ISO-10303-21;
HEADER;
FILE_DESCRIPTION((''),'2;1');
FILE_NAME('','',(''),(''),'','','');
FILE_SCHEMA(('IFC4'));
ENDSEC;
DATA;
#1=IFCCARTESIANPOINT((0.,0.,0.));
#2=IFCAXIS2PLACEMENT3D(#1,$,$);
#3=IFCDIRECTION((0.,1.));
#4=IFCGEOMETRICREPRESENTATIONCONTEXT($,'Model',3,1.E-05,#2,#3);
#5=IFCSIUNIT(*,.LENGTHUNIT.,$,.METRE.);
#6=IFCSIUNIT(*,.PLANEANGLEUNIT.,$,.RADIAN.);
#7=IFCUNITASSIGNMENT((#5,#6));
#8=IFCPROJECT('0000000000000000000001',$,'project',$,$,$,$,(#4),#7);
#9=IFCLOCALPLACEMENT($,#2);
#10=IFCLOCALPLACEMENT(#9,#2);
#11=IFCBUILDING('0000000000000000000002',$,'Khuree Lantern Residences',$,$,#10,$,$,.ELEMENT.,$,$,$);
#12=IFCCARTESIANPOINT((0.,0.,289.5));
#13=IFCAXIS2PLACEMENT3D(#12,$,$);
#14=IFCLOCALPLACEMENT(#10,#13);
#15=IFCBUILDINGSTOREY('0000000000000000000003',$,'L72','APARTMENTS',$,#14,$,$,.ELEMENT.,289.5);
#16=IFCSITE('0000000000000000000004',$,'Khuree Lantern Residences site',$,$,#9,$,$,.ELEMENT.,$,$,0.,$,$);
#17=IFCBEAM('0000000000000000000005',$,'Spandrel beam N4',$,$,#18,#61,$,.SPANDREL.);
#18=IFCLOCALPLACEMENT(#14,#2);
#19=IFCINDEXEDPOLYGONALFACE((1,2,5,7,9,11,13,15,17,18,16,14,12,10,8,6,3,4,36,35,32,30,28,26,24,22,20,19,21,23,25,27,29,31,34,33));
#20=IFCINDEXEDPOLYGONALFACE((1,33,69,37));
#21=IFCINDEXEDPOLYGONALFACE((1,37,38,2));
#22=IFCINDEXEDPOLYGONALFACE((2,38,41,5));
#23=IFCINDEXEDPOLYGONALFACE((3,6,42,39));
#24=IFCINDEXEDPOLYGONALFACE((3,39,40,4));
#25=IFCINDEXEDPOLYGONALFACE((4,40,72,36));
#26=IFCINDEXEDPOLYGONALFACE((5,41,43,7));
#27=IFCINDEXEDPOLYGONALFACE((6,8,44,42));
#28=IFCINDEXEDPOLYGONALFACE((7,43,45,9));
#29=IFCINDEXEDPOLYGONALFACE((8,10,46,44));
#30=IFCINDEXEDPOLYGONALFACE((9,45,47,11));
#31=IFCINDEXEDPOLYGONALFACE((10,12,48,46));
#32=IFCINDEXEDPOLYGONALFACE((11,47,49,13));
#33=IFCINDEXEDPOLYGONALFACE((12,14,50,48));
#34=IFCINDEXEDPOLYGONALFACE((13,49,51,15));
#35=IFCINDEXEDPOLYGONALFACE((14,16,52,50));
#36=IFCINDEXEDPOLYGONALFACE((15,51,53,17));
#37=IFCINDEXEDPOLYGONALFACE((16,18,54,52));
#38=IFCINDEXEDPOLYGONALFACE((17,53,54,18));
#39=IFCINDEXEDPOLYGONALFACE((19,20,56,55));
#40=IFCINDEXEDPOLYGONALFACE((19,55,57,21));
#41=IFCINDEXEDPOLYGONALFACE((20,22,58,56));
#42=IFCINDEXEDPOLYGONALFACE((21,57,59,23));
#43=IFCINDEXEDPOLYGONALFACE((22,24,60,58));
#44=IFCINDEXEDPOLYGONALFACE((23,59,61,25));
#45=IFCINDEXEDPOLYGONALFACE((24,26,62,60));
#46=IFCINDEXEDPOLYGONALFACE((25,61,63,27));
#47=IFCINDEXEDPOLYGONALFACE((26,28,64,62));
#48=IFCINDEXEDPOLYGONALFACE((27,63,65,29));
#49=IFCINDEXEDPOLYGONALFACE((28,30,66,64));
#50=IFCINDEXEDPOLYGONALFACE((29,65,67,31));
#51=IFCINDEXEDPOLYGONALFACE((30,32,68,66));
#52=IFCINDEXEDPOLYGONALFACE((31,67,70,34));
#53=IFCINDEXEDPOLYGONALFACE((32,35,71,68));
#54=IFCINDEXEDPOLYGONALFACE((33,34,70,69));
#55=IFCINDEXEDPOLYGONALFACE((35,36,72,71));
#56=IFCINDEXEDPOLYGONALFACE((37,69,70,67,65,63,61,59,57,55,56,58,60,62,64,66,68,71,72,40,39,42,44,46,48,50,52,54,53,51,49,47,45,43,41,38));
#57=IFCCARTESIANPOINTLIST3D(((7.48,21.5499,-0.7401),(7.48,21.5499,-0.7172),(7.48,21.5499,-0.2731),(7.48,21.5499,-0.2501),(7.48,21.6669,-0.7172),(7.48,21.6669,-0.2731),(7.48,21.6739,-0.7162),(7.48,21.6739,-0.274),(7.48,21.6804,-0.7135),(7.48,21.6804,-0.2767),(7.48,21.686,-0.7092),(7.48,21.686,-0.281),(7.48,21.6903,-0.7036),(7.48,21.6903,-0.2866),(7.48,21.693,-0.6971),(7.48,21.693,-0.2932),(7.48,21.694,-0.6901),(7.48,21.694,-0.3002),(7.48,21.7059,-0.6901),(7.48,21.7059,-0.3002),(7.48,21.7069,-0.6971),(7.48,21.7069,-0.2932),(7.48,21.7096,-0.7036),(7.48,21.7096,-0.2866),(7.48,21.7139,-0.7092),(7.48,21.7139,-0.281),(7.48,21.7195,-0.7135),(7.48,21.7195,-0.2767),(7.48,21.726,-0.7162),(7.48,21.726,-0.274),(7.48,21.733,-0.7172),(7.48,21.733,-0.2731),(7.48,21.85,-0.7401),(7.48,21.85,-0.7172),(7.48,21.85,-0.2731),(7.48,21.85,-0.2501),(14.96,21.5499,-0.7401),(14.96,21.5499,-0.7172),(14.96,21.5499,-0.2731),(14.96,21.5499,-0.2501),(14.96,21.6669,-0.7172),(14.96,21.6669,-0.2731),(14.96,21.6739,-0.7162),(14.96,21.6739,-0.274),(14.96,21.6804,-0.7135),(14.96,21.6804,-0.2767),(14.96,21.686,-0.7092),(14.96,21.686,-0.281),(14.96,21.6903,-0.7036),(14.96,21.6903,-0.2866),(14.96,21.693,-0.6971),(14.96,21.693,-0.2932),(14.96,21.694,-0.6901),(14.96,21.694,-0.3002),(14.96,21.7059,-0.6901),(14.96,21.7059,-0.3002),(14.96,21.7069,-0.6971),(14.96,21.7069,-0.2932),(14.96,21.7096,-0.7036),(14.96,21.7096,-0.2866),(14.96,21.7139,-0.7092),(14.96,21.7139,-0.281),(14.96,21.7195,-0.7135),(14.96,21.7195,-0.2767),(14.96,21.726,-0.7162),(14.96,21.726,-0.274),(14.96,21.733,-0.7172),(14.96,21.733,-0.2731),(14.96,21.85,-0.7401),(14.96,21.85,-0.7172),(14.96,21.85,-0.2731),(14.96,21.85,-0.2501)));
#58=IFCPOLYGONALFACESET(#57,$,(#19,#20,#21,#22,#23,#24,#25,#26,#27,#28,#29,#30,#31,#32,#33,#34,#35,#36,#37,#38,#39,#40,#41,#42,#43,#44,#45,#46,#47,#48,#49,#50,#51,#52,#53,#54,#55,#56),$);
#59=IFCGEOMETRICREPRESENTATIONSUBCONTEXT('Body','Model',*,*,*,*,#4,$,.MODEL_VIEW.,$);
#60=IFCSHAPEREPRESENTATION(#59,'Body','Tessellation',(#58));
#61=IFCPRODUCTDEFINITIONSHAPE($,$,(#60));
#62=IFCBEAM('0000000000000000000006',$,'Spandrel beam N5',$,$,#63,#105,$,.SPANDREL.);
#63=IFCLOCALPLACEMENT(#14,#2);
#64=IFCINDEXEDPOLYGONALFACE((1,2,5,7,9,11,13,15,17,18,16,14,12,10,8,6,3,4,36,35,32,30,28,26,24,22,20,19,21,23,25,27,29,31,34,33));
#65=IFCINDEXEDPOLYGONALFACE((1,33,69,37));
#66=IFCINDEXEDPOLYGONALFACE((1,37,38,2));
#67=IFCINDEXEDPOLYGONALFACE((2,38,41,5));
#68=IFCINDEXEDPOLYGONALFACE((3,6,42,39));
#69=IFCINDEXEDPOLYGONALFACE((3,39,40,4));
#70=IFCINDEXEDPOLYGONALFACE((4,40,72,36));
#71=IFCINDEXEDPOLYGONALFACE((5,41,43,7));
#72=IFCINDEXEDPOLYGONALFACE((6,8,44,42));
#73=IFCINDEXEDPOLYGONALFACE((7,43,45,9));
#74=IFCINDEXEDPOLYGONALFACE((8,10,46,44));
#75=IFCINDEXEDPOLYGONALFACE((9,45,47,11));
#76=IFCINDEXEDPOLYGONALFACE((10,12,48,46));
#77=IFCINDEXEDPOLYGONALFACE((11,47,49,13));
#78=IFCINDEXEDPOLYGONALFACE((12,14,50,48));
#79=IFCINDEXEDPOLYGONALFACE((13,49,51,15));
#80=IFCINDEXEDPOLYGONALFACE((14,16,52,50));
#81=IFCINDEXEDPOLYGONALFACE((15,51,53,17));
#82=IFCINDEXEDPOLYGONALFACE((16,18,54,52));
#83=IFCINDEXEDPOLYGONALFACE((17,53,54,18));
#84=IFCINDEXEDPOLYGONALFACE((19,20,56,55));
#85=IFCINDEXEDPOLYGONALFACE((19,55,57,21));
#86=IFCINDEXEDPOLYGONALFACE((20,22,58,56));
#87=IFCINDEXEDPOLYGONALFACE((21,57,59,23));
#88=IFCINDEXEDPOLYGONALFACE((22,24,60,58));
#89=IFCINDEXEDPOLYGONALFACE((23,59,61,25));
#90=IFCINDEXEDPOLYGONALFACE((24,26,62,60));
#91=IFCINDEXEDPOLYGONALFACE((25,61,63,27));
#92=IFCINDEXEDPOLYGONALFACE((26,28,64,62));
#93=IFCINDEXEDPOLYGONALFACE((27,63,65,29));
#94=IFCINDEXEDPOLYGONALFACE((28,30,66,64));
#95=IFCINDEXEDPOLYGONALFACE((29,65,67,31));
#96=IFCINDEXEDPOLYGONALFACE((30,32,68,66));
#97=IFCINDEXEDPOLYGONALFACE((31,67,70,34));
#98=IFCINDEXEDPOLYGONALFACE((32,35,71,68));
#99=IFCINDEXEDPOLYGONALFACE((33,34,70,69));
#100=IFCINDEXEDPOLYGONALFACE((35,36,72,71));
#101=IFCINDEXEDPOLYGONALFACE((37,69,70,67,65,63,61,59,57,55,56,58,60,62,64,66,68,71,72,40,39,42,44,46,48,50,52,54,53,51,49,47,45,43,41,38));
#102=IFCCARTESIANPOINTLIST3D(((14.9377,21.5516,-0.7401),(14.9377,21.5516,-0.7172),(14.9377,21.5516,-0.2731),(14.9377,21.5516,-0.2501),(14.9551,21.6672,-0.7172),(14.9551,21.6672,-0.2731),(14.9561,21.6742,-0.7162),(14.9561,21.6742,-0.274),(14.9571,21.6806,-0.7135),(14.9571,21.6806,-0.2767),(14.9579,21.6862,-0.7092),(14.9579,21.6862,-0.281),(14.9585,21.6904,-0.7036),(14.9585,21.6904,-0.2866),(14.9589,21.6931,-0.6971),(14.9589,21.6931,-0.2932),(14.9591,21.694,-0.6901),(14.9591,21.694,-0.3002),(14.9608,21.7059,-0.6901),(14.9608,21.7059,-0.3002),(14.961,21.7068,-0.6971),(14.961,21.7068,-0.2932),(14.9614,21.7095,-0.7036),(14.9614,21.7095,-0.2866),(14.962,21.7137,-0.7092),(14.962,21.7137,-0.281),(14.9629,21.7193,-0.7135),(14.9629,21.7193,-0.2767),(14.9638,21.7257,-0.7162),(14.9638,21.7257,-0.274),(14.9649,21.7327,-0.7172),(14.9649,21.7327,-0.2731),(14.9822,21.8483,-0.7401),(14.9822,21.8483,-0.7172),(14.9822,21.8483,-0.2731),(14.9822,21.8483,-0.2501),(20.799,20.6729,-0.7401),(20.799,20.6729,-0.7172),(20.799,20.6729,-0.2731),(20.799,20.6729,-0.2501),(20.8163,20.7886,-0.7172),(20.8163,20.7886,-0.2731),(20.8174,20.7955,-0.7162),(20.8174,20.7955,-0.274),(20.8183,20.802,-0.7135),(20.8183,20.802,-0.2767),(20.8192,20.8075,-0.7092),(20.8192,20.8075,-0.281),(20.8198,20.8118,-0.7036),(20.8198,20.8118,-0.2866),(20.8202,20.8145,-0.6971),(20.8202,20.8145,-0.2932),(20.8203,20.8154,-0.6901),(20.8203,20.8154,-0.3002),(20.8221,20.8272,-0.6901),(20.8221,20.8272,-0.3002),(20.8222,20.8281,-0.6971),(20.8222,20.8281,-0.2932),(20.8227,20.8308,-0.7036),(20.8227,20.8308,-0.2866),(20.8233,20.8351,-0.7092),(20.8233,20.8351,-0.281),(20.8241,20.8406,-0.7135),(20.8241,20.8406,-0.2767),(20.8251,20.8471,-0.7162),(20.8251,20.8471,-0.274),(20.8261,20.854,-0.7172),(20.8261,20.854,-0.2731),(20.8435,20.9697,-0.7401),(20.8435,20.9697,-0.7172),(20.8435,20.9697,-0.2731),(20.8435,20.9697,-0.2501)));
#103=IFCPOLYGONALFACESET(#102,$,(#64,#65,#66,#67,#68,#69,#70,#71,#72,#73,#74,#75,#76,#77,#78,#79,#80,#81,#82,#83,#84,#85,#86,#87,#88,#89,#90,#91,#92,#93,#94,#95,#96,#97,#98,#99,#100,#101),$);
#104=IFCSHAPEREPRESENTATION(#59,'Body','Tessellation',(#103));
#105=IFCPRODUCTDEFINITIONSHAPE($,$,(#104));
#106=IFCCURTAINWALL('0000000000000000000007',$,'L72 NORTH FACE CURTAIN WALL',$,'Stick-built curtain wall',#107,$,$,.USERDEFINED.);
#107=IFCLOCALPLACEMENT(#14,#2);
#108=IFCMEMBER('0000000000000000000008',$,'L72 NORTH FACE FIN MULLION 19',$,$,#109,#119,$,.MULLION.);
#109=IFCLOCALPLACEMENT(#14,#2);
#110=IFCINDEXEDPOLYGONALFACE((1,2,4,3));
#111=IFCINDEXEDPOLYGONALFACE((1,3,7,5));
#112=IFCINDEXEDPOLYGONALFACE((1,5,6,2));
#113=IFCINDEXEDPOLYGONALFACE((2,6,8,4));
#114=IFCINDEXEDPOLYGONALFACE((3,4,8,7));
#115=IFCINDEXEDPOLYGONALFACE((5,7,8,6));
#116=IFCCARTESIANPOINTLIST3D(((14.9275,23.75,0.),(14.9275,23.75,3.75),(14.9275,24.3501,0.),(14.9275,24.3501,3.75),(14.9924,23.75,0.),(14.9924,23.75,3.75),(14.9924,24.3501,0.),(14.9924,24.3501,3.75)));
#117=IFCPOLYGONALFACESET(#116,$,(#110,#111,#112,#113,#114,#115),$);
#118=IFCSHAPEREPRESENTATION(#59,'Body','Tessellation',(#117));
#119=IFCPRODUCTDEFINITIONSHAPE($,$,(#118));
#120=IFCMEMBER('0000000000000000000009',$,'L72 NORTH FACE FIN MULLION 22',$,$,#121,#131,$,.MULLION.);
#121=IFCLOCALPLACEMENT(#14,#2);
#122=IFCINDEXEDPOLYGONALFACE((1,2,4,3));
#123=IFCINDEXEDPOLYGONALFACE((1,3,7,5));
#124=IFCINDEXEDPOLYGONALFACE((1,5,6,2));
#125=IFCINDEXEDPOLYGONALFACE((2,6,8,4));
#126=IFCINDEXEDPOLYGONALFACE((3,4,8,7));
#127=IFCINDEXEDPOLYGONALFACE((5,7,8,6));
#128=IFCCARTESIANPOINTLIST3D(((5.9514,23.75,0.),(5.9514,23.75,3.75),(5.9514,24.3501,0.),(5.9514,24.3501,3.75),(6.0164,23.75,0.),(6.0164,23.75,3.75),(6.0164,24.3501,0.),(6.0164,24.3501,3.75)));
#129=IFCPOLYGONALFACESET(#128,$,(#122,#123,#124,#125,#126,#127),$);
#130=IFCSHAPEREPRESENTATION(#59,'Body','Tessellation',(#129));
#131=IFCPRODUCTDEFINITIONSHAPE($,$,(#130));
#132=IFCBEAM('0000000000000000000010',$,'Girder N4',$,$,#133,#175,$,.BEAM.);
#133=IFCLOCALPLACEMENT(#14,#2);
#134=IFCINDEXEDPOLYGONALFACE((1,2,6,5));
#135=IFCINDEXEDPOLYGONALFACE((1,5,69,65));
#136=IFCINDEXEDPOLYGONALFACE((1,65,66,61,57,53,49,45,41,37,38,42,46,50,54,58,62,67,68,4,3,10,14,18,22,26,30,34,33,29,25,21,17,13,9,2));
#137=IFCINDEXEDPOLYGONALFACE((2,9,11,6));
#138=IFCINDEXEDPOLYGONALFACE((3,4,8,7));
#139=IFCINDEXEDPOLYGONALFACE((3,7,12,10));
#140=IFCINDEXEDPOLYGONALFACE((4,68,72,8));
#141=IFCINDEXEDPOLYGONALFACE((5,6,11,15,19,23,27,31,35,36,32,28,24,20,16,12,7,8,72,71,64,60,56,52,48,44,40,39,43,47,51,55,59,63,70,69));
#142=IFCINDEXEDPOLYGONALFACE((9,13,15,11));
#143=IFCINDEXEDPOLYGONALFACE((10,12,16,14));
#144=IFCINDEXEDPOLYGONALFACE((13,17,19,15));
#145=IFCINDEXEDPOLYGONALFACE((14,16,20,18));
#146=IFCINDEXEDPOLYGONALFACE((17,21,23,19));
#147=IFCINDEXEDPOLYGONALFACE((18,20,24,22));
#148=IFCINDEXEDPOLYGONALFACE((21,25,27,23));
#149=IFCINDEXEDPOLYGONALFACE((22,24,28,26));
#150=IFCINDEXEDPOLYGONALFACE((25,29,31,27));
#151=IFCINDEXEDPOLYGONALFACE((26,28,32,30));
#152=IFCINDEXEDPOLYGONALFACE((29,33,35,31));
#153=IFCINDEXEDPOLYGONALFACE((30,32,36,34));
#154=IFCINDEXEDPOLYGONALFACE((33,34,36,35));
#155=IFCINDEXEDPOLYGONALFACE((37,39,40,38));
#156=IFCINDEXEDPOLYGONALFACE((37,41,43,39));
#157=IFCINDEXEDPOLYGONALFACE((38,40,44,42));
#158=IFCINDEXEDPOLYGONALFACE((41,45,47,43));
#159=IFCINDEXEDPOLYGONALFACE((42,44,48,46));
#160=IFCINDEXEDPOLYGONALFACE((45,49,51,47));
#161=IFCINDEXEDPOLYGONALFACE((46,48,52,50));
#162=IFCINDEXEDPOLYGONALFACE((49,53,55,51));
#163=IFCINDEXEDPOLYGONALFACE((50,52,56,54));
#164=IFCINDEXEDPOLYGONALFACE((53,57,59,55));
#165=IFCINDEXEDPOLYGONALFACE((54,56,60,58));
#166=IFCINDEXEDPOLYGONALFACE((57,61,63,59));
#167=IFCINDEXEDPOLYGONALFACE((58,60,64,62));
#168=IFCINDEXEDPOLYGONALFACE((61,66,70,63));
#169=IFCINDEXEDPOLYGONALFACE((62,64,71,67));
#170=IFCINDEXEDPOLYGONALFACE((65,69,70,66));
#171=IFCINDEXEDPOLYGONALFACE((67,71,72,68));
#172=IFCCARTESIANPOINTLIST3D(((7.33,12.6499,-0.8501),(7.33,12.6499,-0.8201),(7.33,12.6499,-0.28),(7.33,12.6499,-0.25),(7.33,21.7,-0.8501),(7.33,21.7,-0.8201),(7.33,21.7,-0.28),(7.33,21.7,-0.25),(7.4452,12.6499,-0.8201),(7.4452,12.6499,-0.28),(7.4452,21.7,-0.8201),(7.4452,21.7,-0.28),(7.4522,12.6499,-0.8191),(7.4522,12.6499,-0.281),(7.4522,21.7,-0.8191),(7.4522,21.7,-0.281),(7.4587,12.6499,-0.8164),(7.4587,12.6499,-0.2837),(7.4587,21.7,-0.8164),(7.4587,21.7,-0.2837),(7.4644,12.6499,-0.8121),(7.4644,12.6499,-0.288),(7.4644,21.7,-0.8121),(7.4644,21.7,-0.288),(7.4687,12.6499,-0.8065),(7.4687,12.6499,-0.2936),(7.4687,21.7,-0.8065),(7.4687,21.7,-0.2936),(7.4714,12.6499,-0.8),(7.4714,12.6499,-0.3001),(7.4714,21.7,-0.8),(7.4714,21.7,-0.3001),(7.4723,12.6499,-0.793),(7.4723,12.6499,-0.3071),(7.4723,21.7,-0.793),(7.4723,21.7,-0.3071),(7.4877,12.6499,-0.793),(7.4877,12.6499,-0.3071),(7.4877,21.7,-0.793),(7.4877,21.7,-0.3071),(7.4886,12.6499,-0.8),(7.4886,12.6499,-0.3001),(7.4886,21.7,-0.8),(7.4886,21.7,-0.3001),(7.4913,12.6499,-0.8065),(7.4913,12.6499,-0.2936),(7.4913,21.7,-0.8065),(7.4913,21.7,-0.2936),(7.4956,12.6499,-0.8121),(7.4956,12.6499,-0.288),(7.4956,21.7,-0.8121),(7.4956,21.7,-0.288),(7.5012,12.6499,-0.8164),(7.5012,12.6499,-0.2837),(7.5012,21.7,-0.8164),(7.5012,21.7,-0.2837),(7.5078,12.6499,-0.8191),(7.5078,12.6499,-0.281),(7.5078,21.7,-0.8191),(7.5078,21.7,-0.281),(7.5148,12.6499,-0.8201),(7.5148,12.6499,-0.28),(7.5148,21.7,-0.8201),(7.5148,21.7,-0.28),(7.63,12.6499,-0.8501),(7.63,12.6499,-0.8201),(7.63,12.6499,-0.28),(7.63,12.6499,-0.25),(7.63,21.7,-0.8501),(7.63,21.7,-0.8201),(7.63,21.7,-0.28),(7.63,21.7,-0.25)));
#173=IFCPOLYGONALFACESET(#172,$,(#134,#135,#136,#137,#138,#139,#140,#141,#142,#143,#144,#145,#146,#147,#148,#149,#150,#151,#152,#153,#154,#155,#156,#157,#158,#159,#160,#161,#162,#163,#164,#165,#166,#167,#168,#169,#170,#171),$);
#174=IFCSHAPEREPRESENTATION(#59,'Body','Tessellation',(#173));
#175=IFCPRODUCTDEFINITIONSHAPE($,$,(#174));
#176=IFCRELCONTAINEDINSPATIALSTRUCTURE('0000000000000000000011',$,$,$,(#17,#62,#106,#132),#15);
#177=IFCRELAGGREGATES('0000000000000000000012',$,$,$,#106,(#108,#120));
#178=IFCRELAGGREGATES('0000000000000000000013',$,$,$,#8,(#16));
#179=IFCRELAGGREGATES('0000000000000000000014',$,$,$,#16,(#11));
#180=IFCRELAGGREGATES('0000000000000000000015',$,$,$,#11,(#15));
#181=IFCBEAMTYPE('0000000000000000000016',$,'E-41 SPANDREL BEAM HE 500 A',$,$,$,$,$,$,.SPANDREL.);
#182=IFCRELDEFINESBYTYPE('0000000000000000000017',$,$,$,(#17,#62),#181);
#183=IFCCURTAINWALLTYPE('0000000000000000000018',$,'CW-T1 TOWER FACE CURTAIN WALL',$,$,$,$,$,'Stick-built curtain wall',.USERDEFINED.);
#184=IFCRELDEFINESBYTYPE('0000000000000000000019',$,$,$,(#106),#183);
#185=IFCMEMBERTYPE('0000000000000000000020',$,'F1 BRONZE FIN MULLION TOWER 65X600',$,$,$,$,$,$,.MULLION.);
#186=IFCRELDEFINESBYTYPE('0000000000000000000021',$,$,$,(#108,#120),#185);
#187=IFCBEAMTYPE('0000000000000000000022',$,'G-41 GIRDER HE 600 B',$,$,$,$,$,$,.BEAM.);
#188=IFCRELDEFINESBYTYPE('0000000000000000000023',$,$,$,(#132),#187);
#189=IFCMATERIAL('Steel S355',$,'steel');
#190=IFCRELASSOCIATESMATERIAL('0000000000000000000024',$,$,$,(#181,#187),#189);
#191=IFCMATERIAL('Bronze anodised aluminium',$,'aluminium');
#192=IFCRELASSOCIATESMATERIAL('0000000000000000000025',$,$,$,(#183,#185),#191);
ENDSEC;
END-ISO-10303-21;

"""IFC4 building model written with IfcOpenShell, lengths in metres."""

from ifc_helpers import new_model, si_unit, direction, frame, origin, origin_2d, place, context, subcontext, project, spatial, rectangle, i_section, extrude, material, material_profile, profile_set, type_object, element, aggregate, save


model = new_model("IFC4")

# Units and contexts
model_context = context("Model", 3, precision=1e-05, world=origin(), true_north=direction((0.0, 1.0)))
body_context = subcontext(model_context, "Body", "Model", "MODEL_VIEW")
ifc_project = project(units=[si_unit("LENGTHUNIT", "METRE"), si_unit("PLANEANGLEUNIT", "RADIAN")], contexts=[model_context])

# Site, building, storey
site_placement = place(None, origin())
site = spatial("IfcSite", under=ifc_project, at=site_placement, Name="Khuree Lantern Residences site", CompositionType="ELEMENT", RefElevation=0.0)
building_placement = place(site_placement, origin())
building = spatial("IfcBuilding", under=site, at=building_placement, Name="Khuree Lantern Residences", CompositionType="ELEMENT")
storey_placement = place(building_placement, frame((0.0, 0.0, 289.5)))
storey = spatial("IfcBuildingStorey", under=building, at=storey_placement, Name="L72", Description="APARTMENTS", CompositionType="ELEMENT", Elevation=289.5)

# Beams
ifc_material_1 = material(Name="Steel S355", Category="steel")
ifc_material_profile_1 = material_profile(ifc_material_1, i_section(OverallWidth=0.3, OverallDepth=0.49, WebThickness=0.012, FlangeThickness=0.0229, FilletRadius=0.0271, at=origin_2d()), Name="HE 500 A")
ifc_profile_set_1 = profile_set([ifc_material_profile_1], Name="Steel S355")
beam_type_1 = type_object("IfcBeamType", Name="E-41 SPANDREL BEAM HE 500 A", PredefinedType="SPANDREL", material=ifc_profile_set_1)
for number, where, z_axis, x_axis, name in (
    (1, (7.48, 21.7, -0.4951), (1.0, 0.0, 0.0), (0.0, 1.0, 0.0), "Spandrel beam N4"),
):
    element("IfcBeam", number, at=place(storey_placement, frame(where, z_axis=z_axis, x_axis=x_axis)), inside=storey, type_object=beam_type_1, Name=name, PredefinedType="SPANDREL", context=body_context, shape_type="SweptSolid", body=[
        extrude(i_section(OverallWidth=0.3, OverallDepth=0.49, WebThickness=0.012, FlangeThickness=0.0229, FilletRadius=0.0271, at=origin_2d()), origin(), (0.0, 0.0, 1.0), 7.48),
    ])
beam_placement = place(storey_placement, frame((14.96, 21.7, -0.4951), z_axis=(0.98895, -0.148252, 0.0), x_axis=(0.148252, 0.98895, 0.0)))
element("IfcBeam", 2, at=beam_placement, inside=storey, type_object=beam_type_1, Name="Spandrel beam N5", PredefinedType="SPANDREL", context=body_context, shape_type="SweptSolid", body=[
    extrude(i_section(OverallWidth=0.3, OverallDepth=0.49, WebThickness=0.012, FlangeThickness=0.0229, FilletRadius=0.0271, at=origin_2d()), origin(), (0.0, 0.0, 1.0), 5.9268),
])

# Curtain wall, members
ifc_material_2 = material(Name="Bronze anodised aluminium", Category="aluminium")
curtain_wall_type = type_object("IfcCurtainWallType", Name="CW-T1 TOWER FACE CURTAIN WALL", ElementType="Stick-built curtain wall", PredefinedType="USERDEFINED", material=ifc_material_2)
curtain_wall_placement = place(storey_placement, origin())
curtain_wall = element("IfcCurtainWall", 3, at=curtain_wall_placement, inside=storey, type_object=curtain_wall_type, Name="L72 NORTH FACE CURTAIN WALL", ObjectType="Stick-built curtain wall", PredefinedType="USERDEFINED")
ifc_material_profile_2 = material_profile(ifc_material_2, rectangle(XDim=0.0649, YDim=0.6001, at=origin_2d()), Name="F1 65X600")
ifc_profile_set_2 = profile_set([ifc_material_profile_2], Name="Bronze anodised aluminium")
member_type_1 = type_object("IfcMemberType", Name="F1 BRONZE FIN MULLION TOWER 65X600", PredefinedType="MULLION", material=ifc_profile_set_2)
member_1_placement = place(storey_placement, frame((14.96, 24.05, 0.0), z_axis=(0.0, 0.0, 1.0), x_axis=(-1.0, 0.0, 0.0)))
member_1 = element("IfcMember", 4, at=member_1_placement, type_object=member_type_1, Name="L72 NORTH FACE FIN MULLION 19", PredefinedType="MULLION", context=body_context, shape_type="SweptSolid", body=[
    extrude(rectangle(XDim=0.0649, YDim=0.6001, at=origin_2d()), origin(), (0.0, 0.0, 1.0), 3.75),
])
member_2_placement = place(storey_placement, frame((5.9839, 24.05, 0.0), z_axis=(0.0, 0.0, 1.0), x_axis=(-1.0, 0.0, 0.0)))
member_2 = element("IfcMember", 5, at=member_2_placement, type_object=member_type_1, Name="L72 NORTH FACE FIN MULLION 22", PredefinedType="MULLION", context=body_context, shape_type="SweptSolid", body=[
    extrude(rectangle(XDim=0.0649, YDim=0.6001, at=origin_2d()), origin(), (0.0, 0.0, 1.0), 3.75),
])

# Beam
ifc_material_profile_3 = material_profile(ifc_material_1, i_section(OverallWidth=0.3, OverallDepth=0.6001, WebThickness=0.0154, FlangeThickness=0.03, FilletRadius=0.0271, at=origin_2d()), Name="HE 600 B")
ifc_profile_set_3 = profile_set([ifc_material_profile_3], Name="Steel S355")
beam_type_2 = type_object("IfcBeamType", Name="G-41 GIRDER HE 600 B", PredefinedType="BEAM", material=ifc_profile_set_3)
for number, where, z_axis, x_axis, name in (
    (6, (7.48, 21.7, -0.55), (0.0, -1.0, 0.0), (1.0, 0.0, 0.0), "Girder N4"),
):
    element("IfcBeam", number, at=place(storey_placement, frame(where, z_axis=z_axis, x_axis=x_axis)), inside=storey, type_object=beam_type_2, Name=name, PredefinedType="BEAM", context=body_context, shape_type="SweptSolid", body=[
        extrude(i_section(OverallWidth=0.3, OverallDepth=0.6001, WebThickness=0.0154, FlangeThickness=0.03, FilletRadius=0.0271, at=origin_2d()), origin(), (0.0, 0.0, 1.0), 9.05),
    ])

aggregate(curtain_wall, [member_1, member_2])

save(model, "model.ifc")
